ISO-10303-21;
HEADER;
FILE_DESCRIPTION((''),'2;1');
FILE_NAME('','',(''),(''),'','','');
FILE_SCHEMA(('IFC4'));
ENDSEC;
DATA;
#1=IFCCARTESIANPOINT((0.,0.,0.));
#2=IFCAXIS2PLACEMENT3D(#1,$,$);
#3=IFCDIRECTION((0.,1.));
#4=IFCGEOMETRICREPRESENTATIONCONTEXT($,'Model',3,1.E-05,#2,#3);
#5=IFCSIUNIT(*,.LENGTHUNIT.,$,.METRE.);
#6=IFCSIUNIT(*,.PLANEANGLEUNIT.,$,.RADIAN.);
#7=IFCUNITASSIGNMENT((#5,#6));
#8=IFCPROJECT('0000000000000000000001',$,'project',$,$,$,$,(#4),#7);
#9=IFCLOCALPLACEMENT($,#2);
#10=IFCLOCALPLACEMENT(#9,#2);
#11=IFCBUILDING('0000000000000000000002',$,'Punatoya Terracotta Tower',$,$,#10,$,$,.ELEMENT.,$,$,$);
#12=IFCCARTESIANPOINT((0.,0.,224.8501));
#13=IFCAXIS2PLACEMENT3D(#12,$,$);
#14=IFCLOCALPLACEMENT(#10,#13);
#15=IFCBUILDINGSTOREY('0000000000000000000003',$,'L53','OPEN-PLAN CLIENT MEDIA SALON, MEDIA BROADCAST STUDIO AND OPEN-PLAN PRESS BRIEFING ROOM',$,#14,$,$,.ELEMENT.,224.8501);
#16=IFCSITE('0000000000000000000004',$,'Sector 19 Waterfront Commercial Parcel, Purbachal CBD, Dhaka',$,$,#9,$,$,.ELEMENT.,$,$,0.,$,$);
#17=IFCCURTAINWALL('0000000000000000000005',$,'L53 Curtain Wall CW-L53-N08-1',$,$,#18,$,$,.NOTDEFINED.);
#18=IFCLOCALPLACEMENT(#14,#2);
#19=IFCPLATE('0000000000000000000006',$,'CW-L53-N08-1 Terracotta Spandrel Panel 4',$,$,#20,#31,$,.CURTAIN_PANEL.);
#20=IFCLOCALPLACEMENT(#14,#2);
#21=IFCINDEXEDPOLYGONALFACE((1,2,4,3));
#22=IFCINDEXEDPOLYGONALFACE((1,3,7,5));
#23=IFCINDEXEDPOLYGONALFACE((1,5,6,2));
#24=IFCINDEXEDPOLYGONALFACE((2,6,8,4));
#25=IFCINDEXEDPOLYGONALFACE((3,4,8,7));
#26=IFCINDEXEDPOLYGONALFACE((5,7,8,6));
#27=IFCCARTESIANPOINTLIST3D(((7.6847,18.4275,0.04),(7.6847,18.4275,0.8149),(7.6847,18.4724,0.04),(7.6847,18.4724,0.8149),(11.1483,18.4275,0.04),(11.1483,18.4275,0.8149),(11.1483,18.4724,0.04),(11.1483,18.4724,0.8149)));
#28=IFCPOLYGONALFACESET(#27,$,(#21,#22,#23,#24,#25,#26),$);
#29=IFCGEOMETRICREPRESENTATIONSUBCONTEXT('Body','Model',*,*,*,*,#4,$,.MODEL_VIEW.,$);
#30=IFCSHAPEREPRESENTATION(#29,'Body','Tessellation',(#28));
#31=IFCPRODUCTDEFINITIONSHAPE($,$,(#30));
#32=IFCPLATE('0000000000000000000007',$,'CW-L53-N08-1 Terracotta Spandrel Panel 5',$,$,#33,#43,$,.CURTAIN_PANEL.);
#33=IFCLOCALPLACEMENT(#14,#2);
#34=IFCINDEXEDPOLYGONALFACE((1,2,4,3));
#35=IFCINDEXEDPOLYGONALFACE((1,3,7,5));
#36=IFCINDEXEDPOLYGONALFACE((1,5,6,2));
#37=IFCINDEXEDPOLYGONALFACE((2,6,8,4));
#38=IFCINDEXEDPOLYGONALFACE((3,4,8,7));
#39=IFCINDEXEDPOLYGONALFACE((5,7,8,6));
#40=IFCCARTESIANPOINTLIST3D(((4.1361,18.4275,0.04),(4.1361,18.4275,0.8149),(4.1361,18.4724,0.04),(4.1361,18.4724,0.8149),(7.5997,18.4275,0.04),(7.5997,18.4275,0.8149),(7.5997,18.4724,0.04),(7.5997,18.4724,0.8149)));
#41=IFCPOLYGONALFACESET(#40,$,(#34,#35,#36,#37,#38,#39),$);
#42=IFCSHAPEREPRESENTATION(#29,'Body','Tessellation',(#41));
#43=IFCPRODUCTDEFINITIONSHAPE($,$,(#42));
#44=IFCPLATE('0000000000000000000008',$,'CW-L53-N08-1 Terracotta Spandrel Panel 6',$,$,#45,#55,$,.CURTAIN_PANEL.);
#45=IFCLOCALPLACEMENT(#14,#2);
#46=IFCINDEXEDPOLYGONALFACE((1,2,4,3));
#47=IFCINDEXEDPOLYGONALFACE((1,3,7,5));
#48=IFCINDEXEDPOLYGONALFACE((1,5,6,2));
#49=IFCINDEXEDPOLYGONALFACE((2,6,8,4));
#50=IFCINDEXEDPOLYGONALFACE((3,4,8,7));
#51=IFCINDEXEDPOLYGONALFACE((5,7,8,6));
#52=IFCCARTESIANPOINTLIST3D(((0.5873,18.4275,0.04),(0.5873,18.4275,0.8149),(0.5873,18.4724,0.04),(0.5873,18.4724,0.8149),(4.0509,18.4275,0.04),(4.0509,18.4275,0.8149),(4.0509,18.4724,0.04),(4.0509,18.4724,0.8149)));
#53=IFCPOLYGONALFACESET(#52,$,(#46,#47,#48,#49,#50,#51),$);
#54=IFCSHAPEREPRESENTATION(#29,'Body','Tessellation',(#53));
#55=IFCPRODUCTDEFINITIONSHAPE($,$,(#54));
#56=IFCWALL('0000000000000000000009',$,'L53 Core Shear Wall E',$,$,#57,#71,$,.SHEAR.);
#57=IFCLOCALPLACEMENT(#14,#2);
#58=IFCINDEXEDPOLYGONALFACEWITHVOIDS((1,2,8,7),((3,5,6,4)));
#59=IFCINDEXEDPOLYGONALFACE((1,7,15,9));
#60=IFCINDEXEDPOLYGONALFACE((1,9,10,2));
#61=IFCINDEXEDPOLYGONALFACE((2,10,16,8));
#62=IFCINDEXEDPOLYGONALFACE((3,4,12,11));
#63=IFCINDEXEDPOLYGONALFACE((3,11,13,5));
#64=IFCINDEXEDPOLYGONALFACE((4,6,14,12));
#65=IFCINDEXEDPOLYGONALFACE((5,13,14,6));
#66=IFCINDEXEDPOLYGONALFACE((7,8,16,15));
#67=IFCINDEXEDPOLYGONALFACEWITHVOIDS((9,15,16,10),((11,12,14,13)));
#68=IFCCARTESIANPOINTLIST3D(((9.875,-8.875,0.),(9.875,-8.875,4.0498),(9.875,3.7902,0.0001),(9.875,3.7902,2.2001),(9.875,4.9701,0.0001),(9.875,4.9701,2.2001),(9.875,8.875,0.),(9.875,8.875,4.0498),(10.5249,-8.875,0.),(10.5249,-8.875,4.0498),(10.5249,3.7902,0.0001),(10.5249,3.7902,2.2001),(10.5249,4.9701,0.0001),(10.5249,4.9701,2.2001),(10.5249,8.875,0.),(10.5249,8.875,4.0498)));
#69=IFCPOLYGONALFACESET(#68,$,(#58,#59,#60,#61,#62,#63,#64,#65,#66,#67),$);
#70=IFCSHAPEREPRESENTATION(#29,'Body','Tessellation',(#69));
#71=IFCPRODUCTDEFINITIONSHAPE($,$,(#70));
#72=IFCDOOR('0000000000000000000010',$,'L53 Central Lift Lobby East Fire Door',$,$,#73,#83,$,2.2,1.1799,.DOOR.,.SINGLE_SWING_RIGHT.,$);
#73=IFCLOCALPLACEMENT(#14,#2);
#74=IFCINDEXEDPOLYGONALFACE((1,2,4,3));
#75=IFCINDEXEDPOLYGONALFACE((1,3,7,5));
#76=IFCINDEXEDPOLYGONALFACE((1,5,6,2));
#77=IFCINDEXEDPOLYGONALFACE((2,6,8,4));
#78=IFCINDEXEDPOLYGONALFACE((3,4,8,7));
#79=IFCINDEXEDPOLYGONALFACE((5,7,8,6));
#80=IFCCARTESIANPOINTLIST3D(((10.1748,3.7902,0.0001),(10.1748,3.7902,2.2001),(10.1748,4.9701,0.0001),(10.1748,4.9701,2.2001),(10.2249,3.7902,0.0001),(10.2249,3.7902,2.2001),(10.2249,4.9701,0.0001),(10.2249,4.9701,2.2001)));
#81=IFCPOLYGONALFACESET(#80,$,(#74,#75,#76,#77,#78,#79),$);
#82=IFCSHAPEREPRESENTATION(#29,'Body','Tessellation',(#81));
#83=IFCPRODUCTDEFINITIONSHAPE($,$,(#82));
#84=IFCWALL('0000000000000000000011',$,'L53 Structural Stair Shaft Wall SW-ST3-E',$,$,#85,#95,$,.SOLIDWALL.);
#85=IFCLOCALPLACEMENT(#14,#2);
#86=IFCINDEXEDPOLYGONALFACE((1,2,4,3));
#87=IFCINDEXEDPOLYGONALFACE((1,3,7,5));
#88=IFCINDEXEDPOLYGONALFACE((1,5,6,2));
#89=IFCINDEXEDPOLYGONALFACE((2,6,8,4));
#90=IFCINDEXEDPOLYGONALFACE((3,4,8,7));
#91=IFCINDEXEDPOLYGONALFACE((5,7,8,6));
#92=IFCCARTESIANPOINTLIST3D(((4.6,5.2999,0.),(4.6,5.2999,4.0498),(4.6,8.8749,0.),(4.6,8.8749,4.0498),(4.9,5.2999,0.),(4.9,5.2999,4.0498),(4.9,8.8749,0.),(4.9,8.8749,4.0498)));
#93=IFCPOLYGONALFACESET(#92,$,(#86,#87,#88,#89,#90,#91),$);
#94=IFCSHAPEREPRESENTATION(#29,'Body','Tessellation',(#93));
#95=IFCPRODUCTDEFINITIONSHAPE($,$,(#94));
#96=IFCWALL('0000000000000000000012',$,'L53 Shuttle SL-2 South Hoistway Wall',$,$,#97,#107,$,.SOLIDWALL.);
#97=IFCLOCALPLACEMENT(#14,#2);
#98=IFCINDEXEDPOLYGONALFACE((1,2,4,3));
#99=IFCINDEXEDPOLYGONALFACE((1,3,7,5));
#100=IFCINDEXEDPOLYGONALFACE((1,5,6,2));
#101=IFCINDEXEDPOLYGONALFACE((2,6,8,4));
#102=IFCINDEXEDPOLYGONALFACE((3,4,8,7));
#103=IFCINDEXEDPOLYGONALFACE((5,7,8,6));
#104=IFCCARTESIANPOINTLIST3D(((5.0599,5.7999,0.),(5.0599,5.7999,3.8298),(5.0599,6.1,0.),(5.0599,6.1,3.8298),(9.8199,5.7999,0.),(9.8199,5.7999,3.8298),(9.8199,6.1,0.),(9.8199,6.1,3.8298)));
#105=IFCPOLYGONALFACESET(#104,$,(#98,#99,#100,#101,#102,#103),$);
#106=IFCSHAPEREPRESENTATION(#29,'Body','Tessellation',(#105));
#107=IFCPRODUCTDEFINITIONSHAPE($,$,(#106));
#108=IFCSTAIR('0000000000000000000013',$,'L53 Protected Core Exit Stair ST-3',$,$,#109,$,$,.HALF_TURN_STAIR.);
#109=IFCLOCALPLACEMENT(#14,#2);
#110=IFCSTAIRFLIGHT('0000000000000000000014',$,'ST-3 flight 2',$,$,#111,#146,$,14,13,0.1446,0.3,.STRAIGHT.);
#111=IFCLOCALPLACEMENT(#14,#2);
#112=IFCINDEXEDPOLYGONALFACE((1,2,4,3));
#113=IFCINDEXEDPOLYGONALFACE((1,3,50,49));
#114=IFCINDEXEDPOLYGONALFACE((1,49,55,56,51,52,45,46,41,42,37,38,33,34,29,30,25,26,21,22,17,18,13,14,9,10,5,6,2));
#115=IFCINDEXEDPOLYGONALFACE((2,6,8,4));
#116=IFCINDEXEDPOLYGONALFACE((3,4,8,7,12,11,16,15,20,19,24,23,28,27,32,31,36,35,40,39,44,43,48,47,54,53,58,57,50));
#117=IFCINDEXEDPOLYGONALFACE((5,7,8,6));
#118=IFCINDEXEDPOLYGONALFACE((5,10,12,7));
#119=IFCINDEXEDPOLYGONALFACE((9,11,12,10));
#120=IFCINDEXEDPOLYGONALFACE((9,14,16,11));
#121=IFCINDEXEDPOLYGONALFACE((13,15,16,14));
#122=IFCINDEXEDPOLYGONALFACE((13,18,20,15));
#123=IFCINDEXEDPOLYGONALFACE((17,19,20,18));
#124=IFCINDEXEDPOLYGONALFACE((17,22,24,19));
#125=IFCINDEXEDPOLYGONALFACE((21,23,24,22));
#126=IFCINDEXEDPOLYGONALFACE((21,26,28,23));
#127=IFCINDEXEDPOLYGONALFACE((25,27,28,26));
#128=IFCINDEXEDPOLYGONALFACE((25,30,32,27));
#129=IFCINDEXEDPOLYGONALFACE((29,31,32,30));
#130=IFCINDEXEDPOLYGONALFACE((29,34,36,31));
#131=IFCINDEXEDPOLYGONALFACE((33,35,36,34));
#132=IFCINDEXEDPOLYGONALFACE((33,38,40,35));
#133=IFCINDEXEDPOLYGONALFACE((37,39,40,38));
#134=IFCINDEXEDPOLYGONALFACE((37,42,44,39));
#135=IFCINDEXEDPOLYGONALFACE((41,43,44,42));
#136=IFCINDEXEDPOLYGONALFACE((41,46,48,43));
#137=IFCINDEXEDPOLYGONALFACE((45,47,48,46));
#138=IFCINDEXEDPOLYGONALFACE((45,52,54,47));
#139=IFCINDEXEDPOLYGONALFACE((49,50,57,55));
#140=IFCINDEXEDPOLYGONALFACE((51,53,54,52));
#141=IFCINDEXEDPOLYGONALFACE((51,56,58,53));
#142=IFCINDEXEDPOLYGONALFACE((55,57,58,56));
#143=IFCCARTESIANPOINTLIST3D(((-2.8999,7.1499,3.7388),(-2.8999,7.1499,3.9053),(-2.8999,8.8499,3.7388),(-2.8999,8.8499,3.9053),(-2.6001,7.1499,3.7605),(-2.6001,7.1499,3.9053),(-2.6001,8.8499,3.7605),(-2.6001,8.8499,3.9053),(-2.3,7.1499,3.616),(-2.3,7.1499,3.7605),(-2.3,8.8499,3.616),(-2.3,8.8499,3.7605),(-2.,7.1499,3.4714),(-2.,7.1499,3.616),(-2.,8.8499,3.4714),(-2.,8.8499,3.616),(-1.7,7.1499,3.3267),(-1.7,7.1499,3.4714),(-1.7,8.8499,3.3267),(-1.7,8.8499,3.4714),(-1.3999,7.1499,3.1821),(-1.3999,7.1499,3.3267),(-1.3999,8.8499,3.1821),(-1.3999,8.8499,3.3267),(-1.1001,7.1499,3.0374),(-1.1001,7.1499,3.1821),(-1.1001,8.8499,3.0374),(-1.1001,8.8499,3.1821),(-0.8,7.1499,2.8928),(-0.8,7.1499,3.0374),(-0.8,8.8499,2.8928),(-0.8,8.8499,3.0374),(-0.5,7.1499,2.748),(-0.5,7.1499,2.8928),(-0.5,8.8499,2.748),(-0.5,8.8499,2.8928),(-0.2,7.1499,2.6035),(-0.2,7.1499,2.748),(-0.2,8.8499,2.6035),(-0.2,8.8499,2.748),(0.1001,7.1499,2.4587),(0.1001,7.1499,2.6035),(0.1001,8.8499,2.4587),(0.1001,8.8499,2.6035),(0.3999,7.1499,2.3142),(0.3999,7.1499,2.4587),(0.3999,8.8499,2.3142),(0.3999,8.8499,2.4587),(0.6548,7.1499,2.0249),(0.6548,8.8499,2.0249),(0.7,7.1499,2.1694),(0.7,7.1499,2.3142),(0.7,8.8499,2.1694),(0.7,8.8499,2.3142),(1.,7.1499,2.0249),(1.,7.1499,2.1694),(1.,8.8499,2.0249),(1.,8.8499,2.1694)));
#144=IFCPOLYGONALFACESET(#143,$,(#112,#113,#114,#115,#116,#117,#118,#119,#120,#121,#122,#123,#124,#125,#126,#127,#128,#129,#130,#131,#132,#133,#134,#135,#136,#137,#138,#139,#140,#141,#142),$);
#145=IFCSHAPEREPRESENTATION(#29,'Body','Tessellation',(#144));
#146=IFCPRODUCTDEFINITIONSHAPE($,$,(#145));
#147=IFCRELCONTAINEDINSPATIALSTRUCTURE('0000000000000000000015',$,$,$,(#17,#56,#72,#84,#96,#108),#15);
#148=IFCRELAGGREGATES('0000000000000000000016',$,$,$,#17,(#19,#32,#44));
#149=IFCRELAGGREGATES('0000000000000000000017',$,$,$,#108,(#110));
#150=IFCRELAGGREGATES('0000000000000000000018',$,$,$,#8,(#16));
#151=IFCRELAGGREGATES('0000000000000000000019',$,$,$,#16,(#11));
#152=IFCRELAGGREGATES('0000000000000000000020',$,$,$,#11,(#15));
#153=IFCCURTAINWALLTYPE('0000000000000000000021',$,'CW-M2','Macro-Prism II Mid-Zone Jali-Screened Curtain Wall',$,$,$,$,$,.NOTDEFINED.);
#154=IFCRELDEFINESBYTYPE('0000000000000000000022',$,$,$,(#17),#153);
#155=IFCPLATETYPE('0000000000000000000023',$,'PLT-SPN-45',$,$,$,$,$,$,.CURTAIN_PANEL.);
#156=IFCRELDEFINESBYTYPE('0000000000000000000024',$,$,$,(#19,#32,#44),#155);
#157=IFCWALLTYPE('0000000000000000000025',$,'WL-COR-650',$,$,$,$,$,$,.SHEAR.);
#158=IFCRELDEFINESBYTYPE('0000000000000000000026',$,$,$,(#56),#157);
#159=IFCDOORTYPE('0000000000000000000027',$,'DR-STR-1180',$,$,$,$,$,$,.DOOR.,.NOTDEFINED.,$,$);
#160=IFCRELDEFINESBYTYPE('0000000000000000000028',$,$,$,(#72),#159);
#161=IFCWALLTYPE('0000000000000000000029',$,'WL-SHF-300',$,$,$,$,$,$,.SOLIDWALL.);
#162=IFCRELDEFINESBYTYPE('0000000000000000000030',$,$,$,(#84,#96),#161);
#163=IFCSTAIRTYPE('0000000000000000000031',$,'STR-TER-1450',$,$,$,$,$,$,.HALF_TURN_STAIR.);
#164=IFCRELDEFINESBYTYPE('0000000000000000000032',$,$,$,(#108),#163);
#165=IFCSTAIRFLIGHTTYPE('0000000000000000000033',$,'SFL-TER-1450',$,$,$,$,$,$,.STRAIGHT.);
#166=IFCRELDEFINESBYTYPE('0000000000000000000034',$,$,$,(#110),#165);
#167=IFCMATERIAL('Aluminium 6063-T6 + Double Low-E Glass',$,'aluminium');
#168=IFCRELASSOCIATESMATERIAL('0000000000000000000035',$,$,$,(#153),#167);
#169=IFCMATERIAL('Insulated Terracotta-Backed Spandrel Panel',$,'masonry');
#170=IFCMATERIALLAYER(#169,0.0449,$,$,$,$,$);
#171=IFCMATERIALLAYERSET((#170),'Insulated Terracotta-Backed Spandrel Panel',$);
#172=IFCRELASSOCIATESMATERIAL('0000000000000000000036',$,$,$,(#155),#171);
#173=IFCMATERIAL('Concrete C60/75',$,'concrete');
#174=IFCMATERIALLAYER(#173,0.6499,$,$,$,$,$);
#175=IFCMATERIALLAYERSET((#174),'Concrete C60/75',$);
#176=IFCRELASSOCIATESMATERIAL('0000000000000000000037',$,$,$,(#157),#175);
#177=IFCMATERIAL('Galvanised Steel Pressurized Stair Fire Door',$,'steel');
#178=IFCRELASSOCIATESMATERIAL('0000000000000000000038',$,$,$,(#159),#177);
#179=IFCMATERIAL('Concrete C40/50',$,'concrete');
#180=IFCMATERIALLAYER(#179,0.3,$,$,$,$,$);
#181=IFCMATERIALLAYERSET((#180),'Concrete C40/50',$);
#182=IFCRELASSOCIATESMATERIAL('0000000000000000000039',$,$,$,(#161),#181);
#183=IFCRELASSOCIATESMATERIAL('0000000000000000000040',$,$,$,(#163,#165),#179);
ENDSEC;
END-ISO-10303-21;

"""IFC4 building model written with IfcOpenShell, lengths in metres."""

from ifc_helpers import new_model, si_unit, direction, frame, frame_2d, origin, origin_2d, place, context, subcontext, project, spatial, polyline, rectangle, outline, extrude, material, layer, layer_set, type_object, element, fill, aggregate, save


model = new_model("IFC4")

# Units and contexts
model_context = context("Model", 3, precision=1e-05, world=origin(), true_north=direction((0.0, 1.0)))
body_context = subcontext(model_context, "Body", "Model", "MODEL_VIEW")
ifc_project = project(units=[si_unit("LENGTHUNIT", "METRE"), si_unit("PLANEANGLEUNIT", "RADIAN")], contexts=[model_context])

# Site, building, storey
site_placement = place(None, origin())
site = spatial("IfcSite", under=ifc_project, at=site_placement, Name="Sector 19 Waterfront Commercial Parcel, Purbachal CBD, Dhaka", CompositionType="ELEMENT", RefElevation=0.0)
building_placement = place(site_placement, origin())
building = spatial("IfcBuilding", under=site, at=building_placement, Name="Punatoya Terracotta Tower", CompositionType="ELEMENT")
storey_placement = place(building_placement, frame((0.0, 0.0, 224.8501)))
storey = spatial("IfcBuildingStorey", under=building, at=storey_placement, Name="L53", Description="OPEN-PLAN CLIENT MEDIA SALON, MEDIA BROADCAST STUDIO AND OPEN-PLAN PRESS BRIEFING ROOM", CompositionType="ELEMENT", Elevation=224.8501)

# Curtain wall, plates
ifc_material_1 = material(Name="Aluminium 6063-T6 + Double Low-E Glass", Category="aluminium")
curtain_wall_type = type_object("IfcCurtainWallType", Name="CW-M2", Description="Macro-Prism II Mid-Zone Jali-Screened Curtain Wall", PredefinedType="NOTDEFINED", material=ifc_material_1)
curtain_wall_placement = place(storey_placement, origin())
curtain_wall = element("IfcCurtainWall", 1, at=curtain_wall_placement, inside=storey, type_object=curtain_wall_type, Name="L53 Curtain Wall CW-L53-N08-1", PredefinedType="NOTDEFINED")
ifc_material_2 = material(Name="Insulated Terracotta-Backed Spandrel Panel", Category="masonry")
ifc_layer_1 = layer(ifc_material_2, 0.0449)
ifc_layer_set_1 = layer_set([ifc_layer_1], Name="Insulated Terracotta-Backed Spandrel Panel")
plate_type_1 = type_object("IfcPlateType", Name="PLT-SPN-45", PredefinedType="CURTAIN_PANEL", material=ifc_layer_set_1)
plate_1_placement = place(storey_placement, frame((9.4165, 18.45, 0.04), z_axis=(0.0, 0.0, 1.0), x_axis=(-1.0, 0.0, 0.0)))
plate_1 = element("IfcPlate", 2, at=plate_1_placement, type_object=plate_type_1, Name="CW-L53-N08-1 Terracotta Spandrel Panel 4", PredefinedType="CURTAIN_PANEL", context=body_context, shape_type="SweptSolid", body=[
    extrude(rectangle(XDim=3.4636, YDim=0.0449, at=origin_2d()), origin(), (0.0, 0.0, 1.0), 0.7749),
])
plate_2_placement = place(storey_placement, frame((5.8679, 18.45, 0.04), z_axis=(0.0, 0.0, 1.0), x_axis=(-1.0, 0.0, 0.0)))
plate_2 = element("IfcPlate", 3, at=plate_2_placement, type_object=plate_type_1, Name="CW-L53-N08-1 Terracotta Spandrel Panel 5", PredefinedType="CURTAIN_PANEL", context=body_context, shape_type="SweptSolid", body=[
    extrude(rectangle(XDim=3.4636, YDim=0.0449, at=origin_2d()), origin(), (0.0, 0.0, 1.0), 0.7749),
])
plate_3_placement = place(storey_placement, frame((2.3191, 18.45, 0.04), z_axis=(0.0, 0.0, 1.0), x_axis=(-1.0, 0.0, 0.0)))
plate_3 = element("IfcPlate", 4, at=plate_3_placement, type_object=plate_type_1, Name="CW-L53-N08-1 Terracotta Spandrel Panel 6", PredefinedType="CURTAIN_PANEL", context=body_context, shape_type="SweptSolid", body=[
    extrude(rectangle(XDim=3.4636, YDim=0.0449, at=origin_2d()), origin(), (0.0, 0.0, 1.0), 0.7749),
])
aggregate(curtain_wall, [plate_1, plate_2, plate_3])

# Wall, opening, door
ifc_material_3 = material(Name="Concrete C60/75", Category="concrete")
ifc_layer_2 = layer(ifc_material_3, 0.6499)
ifc_layer_set_2 = layer_set([ifc_layer_2], Name="Concrete C60/75")
wall_type_1 = type_object("IfcWallType", Name="WL-COR-650", PredefinedType="SHEAR", material=ifc_layer_set_2)
wall_1_placement = place(storey_placement, frame((10.2, 8.875, 0.0), z_axis=(0.0, 0.0, 1.0), x_axis=(0.0, -1.0, 0.0)))
wall_1 = element("IfcWall", 5, at=wall_1_placement, inside=storey, type_object=wall_type_1, Name="L53 Core Shear Wall E", PredefinedType="SHEAR", context=body_context, shape_type="SweptSolid", body=[
    extrude(rectangle(XDim=17.75, YDim=0.6499, at=frame_2d((8.875, 0.0))), origin(), (0.0, 0.0, 1.0), 4.0498),
])
opening_placement = place(wall_1_placement, frame((3.905, 0.0, 0.0)))
opening = element("IfcOpeningElement", 6, at=opening_placement, cuts=wall_1, PredefinedType="OPENING", context=body_context, shape_type="SweptSolid", body=[
    extrude(rectangle(XDim=1.1799, YDim=2.2, at=frame_2d((0.5898, 1.1001))), frame((0.0, 0.335, 0.0), z_axis=(0.0, -1.0, 0.0), x_axis=(1.0, 0.0, 0.0)), (0.0, 0.0, 1.0), 0.6699),
])
ifc_material_4 = material(Name="Galvanised Steel Pressurized Stair Fire Door", Category="steel")
door_type = type_object("IfcDoorType", Name="DR-STR-1180", OperationType="NOTDEFINED", PredefinedType="DOOR", material=ifc_material_4)
door_placement = place(opening_placement, origin())
door = element("IfcDoor", 7, at=door_placement, inside=storey, type_object=door_type, Name="L53 Central Lift Lobby East Fire Door", OperationType="SINGLE_SWING_RIGHT", OverallHeight=2.2, OverallWidth=1.1799, PredefinedType="DOOR", context=body_context, shape_type="SweptSolid", body=[
    extrude(rectangle(XDim=1.1799, YDim=2.2, at=frame_2d((0.5898, 1.1001))), frame((0.0, 0.0249, 0.0), z_axis=(0.0, -1.0, 0.0), x_axis=(1.0, 0.0, 0.0)), (0.0, 0.0, 1.0), 0.05),
])
fill(opening, door)

# Walls
ifc_material_5 = material(Name="Concrete C40/50", Category="concrete")
ifc_layer_3 = layer(ifc_material_5, 0.3)
ifc_layer_set_3 = layer_set([ifc_layer_3], Name="Concrete C40/50")
wall_type_2 = type_object("IfcWallType", Name="WL-SHF-300", PredefinedType="SOLIDWALL", material=ifc_layer_set_3)
wall_2_placement = place(storey_placement, frame((4.75, 8.875, 0.0), z_axis=(0.0, 0.0, 1.0), x_axis=(0.0, -1.0, 0.0)))
element("IfcWall", 8, at=wall_2_placement, inside=storey, type_object=wall_type_2, Name="L53 Structural Stair Shaft Wall SW-ST3-E", PredefinedType="SOLIDWALL", context=body_context, shape_type="SweptSolid", body=[
    extrude(rectangle(XDim=3.575, YDim=0.3, at=frame_2d((1.7876, 0.0))), origin(), (0.0, 0.0, 1.0), 4.0498),
])
wall_3_placement = place(storey_placement, frame((5.0601, 5.95, 0.0), z_axis=(0.0, 0.0, 1.0), x_axis=(1.0, 0.0, 0.0)))
element("IfcWall", 9, at=wall_3_placement, inside=storey, type_object=wall_type_2, Name="L53 Shuttle SL-2 South Hoistway Wall", PredefinedType="SOLIDWALL", context=body_context, shape_type="SweptSolid", body=[
    extrude(rectangle(XDim=4.76, YDim=0.3, at=frame_2d((2.3799, 0.0))), origin(), (0.0, 0.0, 1.0), 3.8298),
])

# Stair, stair flight
stair_type = type_object("IfcStairType", Name="STR-TER-1450", PredefinedType="HALF_TURN_STAIR", material=ifc_material_5)
stair_placement = place(storey_placement, origin())
stair = element("IfcStair", 10, at=stair_placement, inside=storey, type_object=stair_type, Name="L53 Protected Core Exit Stair ST-3", PredefinedType="HALF_TURN_STAIR")
stair_flight_type = type_object("IfcStairFlightType", Name="SFL-TER-1450", PredefinedType="STRAIGHT", material=ifc_material_5)
stair_flight_placement = place(storey_placement, frame((1.0, 8.0, 2.0249), z_axis=(0.0, 0.0, 1.0), x_axis=(-1.0, 0.0, 0.0)))
stair_flight = element("IfcStairFlight", 11, at=stair_flight_placement, type_object=stair_flight_type, Name="ST-3 flight 2", NumberOfRisers=14, NumberOfTreads=13, PredefinedType="STRAIGHT", RiserHeight=0.1446, TreadLength=0.3, context=body_context, shape_type="SweptSolid", body=[
    extrude(outline(polyline([(0.0, 0.0), (0.0, 0.1445), (0.3, 0.1445), (0.3, 0.2893), (0.6001, 0.2893), (0.6001, 0.4338), (0.8999, 0.4338), (0.8999, 0.5786), (1.2, 0.5786), (1.2, 0.7231), (1.5, 0.7231), (1.5, 0.8679), (1.8, 0.8679), (1.8, 1.0125), (2.1001, 1.0125), (2.1001, 1.1572), (2.3999, 1.1572), (2.3999, 1.3018), (2.7, 1.3018), (2.7, 1.4465), (3.0, 1.4465), (3.0, 1.5911), (3.3, 1.5911), (3.3, 1.7356), (3.6001, 1.7356), (3.6001, 1.8804), (3.8999, 1.8804), (3.8999, 2.0249), (3.8999, 1.7139), (0.3452, 0.0), (0.0, 0.0)])), frame((0.0, 0.8501, 0.0), z_axis=(0.0, -1.0, 0.0), x_axis=(1.0, 0.0, 0.0)), (0.0, 0.0, 1.0), 1.7),
])
aggregate(stair, [stair_flight])

save(model, "model.ifc")
